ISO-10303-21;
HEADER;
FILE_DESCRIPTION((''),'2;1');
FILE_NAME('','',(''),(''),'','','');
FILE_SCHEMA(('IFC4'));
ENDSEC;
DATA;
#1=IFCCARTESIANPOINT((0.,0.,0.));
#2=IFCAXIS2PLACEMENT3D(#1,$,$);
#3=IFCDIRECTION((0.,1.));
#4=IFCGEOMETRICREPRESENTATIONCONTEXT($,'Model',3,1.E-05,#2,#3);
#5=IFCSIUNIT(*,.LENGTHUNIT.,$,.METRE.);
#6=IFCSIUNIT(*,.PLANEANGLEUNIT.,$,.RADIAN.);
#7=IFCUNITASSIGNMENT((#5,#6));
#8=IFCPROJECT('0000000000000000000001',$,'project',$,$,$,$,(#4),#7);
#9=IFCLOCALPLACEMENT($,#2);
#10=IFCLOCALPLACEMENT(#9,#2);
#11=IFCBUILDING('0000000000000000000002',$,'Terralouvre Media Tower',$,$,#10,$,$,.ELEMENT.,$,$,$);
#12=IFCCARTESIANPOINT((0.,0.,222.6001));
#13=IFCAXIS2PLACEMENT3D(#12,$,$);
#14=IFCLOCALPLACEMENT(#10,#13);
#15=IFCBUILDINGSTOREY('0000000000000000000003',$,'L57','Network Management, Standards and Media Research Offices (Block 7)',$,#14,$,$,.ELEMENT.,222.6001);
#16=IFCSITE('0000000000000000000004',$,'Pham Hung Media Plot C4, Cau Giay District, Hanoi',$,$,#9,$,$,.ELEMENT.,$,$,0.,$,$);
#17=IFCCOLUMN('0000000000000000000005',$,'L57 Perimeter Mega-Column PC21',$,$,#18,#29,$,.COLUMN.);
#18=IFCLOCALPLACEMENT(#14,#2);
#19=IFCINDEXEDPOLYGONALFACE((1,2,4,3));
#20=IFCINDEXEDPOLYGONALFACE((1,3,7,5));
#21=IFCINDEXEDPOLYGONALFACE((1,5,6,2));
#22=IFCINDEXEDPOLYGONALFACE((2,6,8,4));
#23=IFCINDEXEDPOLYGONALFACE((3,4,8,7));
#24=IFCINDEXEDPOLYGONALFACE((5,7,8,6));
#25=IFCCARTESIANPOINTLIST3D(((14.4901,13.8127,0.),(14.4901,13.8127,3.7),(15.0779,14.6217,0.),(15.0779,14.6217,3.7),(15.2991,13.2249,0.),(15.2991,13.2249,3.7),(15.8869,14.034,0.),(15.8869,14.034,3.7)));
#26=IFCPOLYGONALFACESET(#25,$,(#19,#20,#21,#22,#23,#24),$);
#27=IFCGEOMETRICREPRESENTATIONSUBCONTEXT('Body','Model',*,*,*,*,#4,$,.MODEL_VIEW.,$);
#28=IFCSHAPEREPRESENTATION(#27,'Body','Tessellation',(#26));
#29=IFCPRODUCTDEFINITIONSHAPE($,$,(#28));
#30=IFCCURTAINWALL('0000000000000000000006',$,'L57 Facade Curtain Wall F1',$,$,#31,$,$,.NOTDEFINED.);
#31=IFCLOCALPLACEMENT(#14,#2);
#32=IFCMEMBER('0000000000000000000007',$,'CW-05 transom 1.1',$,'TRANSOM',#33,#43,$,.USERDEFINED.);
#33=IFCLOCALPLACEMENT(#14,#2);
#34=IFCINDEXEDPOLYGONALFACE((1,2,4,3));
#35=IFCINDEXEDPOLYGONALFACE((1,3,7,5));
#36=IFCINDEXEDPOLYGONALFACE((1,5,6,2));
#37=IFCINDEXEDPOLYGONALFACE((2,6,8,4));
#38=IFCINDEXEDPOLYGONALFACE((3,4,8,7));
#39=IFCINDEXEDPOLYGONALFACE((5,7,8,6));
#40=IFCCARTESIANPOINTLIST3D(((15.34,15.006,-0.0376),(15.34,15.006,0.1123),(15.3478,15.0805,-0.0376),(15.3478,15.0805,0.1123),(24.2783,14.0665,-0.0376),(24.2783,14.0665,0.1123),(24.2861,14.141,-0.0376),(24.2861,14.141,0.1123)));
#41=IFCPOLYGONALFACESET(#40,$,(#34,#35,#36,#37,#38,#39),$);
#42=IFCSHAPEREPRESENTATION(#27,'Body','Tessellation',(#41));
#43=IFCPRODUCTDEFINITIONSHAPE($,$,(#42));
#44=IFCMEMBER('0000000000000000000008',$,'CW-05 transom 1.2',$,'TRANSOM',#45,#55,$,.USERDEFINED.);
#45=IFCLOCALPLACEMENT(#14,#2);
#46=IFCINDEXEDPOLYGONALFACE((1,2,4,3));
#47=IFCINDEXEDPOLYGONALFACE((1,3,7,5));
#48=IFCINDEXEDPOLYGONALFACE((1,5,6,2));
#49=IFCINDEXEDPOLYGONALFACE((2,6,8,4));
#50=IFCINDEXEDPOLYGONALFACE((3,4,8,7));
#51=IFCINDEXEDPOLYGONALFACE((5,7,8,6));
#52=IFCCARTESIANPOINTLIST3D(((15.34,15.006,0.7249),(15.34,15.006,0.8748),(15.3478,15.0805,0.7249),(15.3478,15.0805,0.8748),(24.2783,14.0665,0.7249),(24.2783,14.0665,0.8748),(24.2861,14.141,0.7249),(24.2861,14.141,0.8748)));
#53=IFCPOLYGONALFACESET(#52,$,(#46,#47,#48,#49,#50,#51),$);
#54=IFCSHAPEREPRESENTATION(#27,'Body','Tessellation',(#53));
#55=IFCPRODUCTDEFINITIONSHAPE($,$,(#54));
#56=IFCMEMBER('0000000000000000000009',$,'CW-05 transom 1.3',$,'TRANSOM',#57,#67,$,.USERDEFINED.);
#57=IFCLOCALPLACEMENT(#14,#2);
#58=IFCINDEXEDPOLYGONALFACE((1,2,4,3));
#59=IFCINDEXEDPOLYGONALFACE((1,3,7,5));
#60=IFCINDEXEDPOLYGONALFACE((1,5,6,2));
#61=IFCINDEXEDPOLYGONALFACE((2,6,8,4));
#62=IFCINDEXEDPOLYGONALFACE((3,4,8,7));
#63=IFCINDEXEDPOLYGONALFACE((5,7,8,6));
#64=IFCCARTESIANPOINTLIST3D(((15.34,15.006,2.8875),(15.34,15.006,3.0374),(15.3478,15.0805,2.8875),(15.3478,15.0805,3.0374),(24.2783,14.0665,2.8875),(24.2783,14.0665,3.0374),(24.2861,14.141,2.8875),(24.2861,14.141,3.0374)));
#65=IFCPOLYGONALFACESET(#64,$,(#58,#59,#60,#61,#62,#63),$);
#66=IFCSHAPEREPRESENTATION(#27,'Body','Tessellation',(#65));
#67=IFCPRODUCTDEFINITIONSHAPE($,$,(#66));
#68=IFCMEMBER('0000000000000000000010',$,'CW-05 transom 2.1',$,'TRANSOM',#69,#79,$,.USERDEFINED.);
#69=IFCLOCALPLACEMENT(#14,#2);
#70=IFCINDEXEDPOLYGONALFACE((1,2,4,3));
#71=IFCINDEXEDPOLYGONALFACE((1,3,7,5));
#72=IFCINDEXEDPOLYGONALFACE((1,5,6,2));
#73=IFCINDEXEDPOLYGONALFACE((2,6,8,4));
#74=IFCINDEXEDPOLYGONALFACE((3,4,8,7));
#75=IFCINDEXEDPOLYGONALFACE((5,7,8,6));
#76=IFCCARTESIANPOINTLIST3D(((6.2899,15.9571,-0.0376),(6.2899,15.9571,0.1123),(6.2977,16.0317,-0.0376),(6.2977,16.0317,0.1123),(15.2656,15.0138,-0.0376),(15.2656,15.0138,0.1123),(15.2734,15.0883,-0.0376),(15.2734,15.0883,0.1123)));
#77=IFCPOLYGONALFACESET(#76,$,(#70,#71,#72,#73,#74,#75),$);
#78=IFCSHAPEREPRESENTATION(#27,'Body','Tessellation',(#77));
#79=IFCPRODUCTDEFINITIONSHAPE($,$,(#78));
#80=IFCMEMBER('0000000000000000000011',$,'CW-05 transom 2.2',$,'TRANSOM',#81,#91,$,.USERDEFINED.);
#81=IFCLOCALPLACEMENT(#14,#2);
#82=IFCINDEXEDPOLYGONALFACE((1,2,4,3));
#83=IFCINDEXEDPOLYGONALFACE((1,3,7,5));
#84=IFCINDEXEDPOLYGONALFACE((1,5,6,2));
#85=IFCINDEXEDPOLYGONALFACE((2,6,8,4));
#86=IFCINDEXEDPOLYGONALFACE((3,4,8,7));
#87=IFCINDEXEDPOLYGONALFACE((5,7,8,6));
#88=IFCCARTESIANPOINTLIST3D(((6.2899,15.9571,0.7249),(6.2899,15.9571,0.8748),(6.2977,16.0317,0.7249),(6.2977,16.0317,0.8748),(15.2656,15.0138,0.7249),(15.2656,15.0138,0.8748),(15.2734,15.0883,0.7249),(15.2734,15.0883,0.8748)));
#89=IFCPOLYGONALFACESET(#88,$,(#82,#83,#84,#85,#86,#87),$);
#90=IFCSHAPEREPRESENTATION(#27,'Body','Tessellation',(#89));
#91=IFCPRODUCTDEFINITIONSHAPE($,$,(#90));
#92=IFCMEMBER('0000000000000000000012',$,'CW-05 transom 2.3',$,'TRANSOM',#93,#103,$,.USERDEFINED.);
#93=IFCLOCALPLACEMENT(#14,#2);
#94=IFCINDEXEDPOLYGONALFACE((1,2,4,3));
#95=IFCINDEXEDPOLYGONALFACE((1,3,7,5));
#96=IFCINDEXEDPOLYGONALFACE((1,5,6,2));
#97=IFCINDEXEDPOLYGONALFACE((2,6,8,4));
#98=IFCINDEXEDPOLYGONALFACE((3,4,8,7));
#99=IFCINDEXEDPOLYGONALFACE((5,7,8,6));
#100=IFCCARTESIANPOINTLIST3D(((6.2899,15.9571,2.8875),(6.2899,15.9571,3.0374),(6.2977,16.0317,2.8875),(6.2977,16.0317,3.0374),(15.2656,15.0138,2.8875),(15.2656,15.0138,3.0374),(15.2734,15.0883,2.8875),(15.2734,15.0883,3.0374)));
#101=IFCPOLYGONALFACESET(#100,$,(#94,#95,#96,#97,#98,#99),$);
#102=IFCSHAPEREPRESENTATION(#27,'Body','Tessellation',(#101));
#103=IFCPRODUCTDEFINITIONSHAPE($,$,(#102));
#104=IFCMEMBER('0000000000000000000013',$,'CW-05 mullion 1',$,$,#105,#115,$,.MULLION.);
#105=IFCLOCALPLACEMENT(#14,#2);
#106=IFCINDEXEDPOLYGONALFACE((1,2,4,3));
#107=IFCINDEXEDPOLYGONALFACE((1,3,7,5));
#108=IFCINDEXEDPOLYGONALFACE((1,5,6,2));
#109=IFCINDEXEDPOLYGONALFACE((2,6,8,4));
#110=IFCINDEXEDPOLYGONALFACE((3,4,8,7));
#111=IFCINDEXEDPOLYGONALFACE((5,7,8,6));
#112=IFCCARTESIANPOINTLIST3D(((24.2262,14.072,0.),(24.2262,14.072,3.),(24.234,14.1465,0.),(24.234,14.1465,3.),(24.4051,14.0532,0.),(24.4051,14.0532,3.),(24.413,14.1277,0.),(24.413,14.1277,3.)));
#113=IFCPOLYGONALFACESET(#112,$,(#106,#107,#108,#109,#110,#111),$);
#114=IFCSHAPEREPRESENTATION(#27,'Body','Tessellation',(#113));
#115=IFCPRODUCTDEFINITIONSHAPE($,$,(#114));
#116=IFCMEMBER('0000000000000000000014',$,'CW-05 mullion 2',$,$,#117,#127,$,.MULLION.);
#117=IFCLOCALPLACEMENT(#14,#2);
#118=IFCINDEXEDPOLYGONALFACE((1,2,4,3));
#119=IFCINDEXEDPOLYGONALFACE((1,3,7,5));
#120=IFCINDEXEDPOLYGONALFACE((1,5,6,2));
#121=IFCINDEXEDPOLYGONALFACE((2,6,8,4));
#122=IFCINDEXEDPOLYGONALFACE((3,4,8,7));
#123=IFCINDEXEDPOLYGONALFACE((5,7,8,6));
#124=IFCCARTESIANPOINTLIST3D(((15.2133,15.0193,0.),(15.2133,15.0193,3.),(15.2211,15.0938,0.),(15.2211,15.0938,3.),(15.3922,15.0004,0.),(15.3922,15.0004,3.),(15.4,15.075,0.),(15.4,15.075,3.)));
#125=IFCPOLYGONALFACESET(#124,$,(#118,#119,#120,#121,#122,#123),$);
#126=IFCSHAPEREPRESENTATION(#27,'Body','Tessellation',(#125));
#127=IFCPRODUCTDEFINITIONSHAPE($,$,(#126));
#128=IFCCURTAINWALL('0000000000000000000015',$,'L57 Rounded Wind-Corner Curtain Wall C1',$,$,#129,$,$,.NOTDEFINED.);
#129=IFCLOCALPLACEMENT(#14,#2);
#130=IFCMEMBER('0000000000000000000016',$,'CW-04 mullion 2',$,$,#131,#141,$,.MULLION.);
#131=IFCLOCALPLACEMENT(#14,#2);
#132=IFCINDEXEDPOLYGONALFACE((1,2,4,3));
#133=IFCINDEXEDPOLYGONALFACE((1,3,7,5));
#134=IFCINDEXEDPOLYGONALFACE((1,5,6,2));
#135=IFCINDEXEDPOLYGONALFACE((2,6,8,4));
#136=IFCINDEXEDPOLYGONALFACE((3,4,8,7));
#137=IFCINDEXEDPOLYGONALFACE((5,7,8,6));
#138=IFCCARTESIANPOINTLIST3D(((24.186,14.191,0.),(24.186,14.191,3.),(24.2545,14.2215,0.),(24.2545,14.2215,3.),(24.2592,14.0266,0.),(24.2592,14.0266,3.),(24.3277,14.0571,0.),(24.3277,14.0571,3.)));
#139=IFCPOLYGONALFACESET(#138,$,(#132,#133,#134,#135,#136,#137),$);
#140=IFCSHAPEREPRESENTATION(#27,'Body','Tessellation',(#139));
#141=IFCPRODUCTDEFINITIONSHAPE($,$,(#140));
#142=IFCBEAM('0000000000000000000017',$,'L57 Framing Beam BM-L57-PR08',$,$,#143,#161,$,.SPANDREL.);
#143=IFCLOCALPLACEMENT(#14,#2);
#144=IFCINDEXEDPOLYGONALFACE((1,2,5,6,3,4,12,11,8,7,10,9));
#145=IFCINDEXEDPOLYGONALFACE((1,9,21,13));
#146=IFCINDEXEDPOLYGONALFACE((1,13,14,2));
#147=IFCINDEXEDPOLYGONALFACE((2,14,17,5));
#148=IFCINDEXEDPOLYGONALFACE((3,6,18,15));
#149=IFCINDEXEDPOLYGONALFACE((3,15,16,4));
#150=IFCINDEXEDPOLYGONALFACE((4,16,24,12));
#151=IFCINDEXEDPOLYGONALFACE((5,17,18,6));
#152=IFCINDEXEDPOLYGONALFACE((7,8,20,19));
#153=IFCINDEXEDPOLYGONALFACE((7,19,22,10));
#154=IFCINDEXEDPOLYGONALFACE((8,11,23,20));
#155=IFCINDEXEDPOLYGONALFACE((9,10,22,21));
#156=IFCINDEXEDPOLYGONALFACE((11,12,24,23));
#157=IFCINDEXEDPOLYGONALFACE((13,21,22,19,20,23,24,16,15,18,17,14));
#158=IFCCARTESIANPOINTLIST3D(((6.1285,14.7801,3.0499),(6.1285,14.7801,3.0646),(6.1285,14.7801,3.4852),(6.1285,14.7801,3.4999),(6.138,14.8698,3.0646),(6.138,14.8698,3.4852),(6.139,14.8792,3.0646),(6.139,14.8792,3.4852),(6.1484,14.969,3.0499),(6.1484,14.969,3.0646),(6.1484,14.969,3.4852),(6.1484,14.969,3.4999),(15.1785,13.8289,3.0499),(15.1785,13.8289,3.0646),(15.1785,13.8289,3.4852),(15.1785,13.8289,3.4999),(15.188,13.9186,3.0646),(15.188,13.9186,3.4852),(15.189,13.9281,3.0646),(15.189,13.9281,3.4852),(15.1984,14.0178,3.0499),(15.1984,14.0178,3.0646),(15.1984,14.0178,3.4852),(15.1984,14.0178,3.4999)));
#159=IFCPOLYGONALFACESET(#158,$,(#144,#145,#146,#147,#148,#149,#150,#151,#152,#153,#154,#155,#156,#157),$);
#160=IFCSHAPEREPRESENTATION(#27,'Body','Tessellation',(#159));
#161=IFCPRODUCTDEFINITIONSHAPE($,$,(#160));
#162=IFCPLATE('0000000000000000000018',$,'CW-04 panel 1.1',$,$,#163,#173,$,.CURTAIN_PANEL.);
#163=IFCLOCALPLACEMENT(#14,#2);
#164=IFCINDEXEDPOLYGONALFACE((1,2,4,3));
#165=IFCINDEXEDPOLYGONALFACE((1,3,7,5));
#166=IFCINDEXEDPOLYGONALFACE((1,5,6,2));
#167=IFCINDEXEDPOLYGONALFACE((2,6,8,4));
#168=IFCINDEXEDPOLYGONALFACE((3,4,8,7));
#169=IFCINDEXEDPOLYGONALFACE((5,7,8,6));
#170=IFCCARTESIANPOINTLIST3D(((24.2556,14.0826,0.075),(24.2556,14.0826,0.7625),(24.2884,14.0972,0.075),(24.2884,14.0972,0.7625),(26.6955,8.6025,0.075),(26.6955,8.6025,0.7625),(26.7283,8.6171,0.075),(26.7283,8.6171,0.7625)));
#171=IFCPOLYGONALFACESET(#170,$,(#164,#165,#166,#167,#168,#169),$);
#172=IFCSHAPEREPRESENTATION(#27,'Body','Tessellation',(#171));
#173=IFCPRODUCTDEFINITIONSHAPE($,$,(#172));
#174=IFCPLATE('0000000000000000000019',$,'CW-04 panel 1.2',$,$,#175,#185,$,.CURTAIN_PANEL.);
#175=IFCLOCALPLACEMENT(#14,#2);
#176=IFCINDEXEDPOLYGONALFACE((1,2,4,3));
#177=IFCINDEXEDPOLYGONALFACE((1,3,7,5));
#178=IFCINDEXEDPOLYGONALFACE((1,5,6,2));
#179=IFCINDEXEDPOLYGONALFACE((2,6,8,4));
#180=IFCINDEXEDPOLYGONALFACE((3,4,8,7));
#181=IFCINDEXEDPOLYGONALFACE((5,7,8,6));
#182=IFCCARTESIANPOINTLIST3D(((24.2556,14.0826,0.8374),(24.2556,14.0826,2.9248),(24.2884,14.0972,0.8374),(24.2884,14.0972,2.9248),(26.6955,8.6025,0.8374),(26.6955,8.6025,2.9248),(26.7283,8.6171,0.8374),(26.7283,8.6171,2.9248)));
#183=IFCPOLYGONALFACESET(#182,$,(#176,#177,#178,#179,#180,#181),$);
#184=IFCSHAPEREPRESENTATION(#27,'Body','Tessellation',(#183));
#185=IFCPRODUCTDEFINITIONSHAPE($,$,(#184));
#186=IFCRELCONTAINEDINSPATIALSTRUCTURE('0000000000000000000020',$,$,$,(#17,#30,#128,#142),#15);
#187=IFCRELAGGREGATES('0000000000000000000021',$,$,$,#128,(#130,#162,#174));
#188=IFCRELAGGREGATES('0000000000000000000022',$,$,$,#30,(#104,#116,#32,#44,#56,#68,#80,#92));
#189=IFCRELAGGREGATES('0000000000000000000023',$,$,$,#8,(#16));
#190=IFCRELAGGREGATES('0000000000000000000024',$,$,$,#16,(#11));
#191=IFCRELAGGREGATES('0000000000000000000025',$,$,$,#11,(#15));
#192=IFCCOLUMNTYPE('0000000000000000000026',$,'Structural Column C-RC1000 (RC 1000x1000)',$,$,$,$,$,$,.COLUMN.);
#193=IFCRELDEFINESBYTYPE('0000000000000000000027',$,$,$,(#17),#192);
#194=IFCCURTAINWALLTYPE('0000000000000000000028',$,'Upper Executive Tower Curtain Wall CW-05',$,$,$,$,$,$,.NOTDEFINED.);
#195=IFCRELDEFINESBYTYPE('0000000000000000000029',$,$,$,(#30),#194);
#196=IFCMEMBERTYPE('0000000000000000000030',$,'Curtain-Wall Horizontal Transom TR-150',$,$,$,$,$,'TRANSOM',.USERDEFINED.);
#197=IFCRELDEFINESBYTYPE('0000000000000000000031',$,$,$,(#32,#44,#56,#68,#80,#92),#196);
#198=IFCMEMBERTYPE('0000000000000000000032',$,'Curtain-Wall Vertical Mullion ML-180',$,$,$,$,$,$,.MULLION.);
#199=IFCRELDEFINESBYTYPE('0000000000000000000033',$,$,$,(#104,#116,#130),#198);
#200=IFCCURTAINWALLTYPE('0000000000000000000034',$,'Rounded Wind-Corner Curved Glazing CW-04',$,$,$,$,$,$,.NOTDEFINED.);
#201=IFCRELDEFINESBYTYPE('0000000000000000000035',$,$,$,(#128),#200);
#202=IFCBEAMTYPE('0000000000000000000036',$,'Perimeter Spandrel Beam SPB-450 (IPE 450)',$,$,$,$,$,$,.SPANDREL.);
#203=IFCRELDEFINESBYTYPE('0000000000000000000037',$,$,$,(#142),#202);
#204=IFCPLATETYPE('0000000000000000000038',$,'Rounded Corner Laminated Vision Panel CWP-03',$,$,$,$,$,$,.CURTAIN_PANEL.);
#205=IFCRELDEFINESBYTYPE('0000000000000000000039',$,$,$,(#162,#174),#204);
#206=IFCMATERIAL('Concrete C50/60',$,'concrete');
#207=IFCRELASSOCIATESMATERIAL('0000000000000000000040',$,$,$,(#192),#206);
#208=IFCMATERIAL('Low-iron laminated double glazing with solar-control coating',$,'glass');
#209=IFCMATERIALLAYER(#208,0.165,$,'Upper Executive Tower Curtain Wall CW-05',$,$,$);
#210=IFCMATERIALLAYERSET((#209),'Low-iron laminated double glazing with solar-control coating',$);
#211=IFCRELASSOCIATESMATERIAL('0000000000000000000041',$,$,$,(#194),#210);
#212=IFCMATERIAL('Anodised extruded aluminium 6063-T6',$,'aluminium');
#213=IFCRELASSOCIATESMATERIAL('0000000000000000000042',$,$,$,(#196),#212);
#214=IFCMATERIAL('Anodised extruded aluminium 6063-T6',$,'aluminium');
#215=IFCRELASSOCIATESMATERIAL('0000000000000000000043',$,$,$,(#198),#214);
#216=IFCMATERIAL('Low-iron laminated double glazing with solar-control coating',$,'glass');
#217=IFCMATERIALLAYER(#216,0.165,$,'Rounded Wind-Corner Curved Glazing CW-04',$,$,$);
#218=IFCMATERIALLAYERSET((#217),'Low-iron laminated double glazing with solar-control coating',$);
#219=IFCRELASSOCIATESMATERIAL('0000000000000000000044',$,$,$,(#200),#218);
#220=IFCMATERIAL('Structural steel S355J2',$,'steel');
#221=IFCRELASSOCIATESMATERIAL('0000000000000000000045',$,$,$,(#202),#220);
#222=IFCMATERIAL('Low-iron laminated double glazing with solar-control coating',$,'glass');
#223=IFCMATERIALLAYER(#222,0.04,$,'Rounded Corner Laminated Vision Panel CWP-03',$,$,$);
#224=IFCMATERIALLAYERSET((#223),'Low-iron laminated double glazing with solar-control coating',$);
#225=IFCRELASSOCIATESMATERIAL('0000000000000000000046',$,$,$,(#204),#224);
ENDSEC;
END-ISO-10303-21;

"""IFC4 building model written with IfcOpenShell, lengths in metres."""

from ifc_helpers import new_model, si_unit, direction, frame, origin, origin_2d, place, context, subcontext, project, spatial, rectangle, i_section, extrude, material, layer, layer_set, material_profile, profile_set, type_object, element, aggregate, save


model = new_model("IFC4")

# Units and contexts
model_context = context("Model", 3, precision=1e-05, world=origin(), true_north=direction((0.0, 1.0)))
body_context = subcontext(model_context, "Body", "Model", "MODEL_VIEW")
ifc_project = project(units=[si_unit("LENGTHUNIT", "METRE"), si_unit("PLANEANGLEUNIT", "RADIAN")], contexts=[model_context])

# Site, building, storey
site_placement = place(None, origin())
site = spatial("IfcSite", under=ifc_project, at=site_placement, Name="Pham Hung Media Plot C4, Cau Giay District, Hanoi", CompositionType="ELEMENT", RefElevation=0.0)
building_placement = place(site_placement, origin())
building = spatial("IfcBuilding", under=site, at=building_placement, Name="Terralouvre Media Tower", CompositionType="ELEMENT")
storey_placement = place(building_placement, frame((0.0, 0.0, 222.6001)))
storey = spatial("IfcBuildingStorey", under=building, at=storey_placement, Name="L57", Description="Network Management, Standards and Media Research Offices (Block 7)", CompositionType="ELEMENT", Elevation=222.6001)

# Column
ifc_material_1 = material(Name="Concrete C50/60", Category="concrete")
ifc_material_profile_1 = material_profile(ifc_material_1, rectangle(XDim=1.0, YDim=1.0, at=origin_2d()), Name="RC 1000x1000")
ifc_profile_set_1 = profile_set([ifc_material_profile_1], Name="Concrete C50/60")
column_type = type_object("IfcColumnType", Name="Structural Column C-RC1000 (RC 1000x1000)", PredefinedType="COLUMN", material=ifc_profile_set_1)
column_placement = place(storey_placement, frame((15.1885, 13.9233, 0.0), z_axis=(0.0, 0.0, 1.0), x_axis=(0.587785, 0.809017, 0.0)))
element("IfcColumn", 1, at=column_placement, inside=storey, type_object=column_type, Name="L57 Perimeter Mega-Column PC21", PredefinedType="COLUMN", context=body_context, shape_type="SweptSolid", body=[
    extrude(rectangle(XDim=1.0, YDim=1.0, at=origin_2d()), origin(), (0.0, 0.0, 1.0), 3.7),
])

# Curtain wall, members
ifc_material_2 = material(Name="Low-iron laminated double glazing with solar-control coating", Category="glass")
ifc_layer_1 = layer(ifc_material_2, 0.165, Name="Upper Executive Tower Curtain Wall CW-05")
ifc_layer_set_1 = layer_set([ifc_layer_1], Name="Low-iron laminated double glazing with solar-control coating")
curtain_wall_type_1 = type_object("IfcCurtainWallType", Name="Upper Executive Tower Curtain Wall CW-05", PredefinedType="NOTDEFINED", material=ifc_layer_set_1)
curtain_wall_1_placement = place(storey_placement, origin())
curtain_wall_1 = element("IfcCurtainWall", 2, at=curtain_wall_1_placement, inside=storey, type_object=curtain_wall_type_1, Name="L57 Facade Curtain Wall F1", PredefinedType="NOTDEFINED")
ifc_material_3 = material(Name="Anodised extruded aluminium 6063-T6", Category="aluminium")
ifc_material_profile_2 = material_profile(ifc_material_3, rectangle(XDim=0.075, YDim=0.1499, at=origin_2d()), Name="ALU 75x150")
ifc_profile_set_2 = profile_set([ifc_material_profile_2], Name="Anodised extruded aluminium 6063-T6")
member_type_1 = type_object("IfcMemberType", Name="Curtain-Wall Horizontal Transom TR-150", ElementType="TRANSOM", PredefinedType="USERDEFINED", material=ifc_profile_set_2)
member_1_placement = place(storey_placement, frame((24.2822, 14.1038, 0.0374), z_axis=(-0.994522, 0.104529, 0.0), x_axis=(-0.104529, -0.994522, 0.0)))
member_1 = element("IfcMember", 3, at=member_1_placement, type_object=member_type_1, Name="CW-05 transom 1.1", ObjectType="TRANSOM", PredefinedType="USERDEFINED", context=body_context, shape_type="SweptSolid", body=[
    extrude(rectangle(XDim=0.075, YDim=0.1499, at=origin_2d()), origin(), (0.0, 0.0, 1.0), 8.9875),
])
member_2_placement = place(storey_placement, frame((24.2822, 14.1038, 0.7998), z_axis=(-0.994522, 0.104529, 0.0), x_axis=(-0.104529, -0.994522, 0.0)))
member_2 = element("IfcMember", 4, at=member_2_placement, type_object=member_type_1, Name="CW-05 transom 1.2", ObjectType="TRANSOM", PredefinedType="USERDEFINED", context=body_context, shape_type="SweptSolid", body=[
    extrude(rectangle(XDim=0.075, YDim=0.1499, at=origin_2d()), origin(), (0.0, 0.0, 1.0), 8.9875),
])
member_3_placement = place(storey_placement, frame((24.2822, 14.1038, 2.9624), z_axis=(-0.994522, 0.104529, 0.0), x_axis=(-0.104529, -0.994522, 0.0)))
member_3 = element("IfcMember", 5, at=member_3_placement, type_object=member_type_1, Name="CW-05 transom 1.3", ObjectType="TRANSOM", PredefinedType="USERDEFINED", context=body_context, shape_type="SweptSolid", body=[
    extrude(rectangle(XDim=0.075, YDim=0.1499, at=origin_2d()), origin(), (0.0, 0.0, 1.0), 8.9875),
])
member_4_placement = place(storey_placement, frame((15.2695, 15.051, 0.0374), z_axis=(-0.994522, 0.104527, 0.0), x_axis=(-0.104527, -0.994522, 0.0)))
member_4 = element("IfcMember", 6, at=member_4_placement, type_object=member_type_1, Name="CW-05 transom 2.1", ObjectType="TRANSOM", PredefinedType="USERDEFINED", context=body_context, shape_type="SweptSolid", body=[
    extrude(rectangle(XDim=0.075, YDim=0.1499, at=origin_2d()), origin(), (0.0, 0.0, 1.0), 9.0251),
])
member_5_placement = place(storey_placement, frame((15.2695, 15.051, 0.7998), z_axis=(-0.994522, 0.104527, 0.0), x_axis=(-0.104527, -0.994522, 0.0)))
member_5 = element("IfcMember", 7, at=member_5_placement, type_object=member_type_1, Name="CW-05 transom 2.2", ObjectType="TRANSOM", PredefinedType="USERDEFINED", context=body_context, shape_type="SweptSolid", body=[
    extrude(rectangle(XDim=0.075, YDim=0.1499, at=origin_2d()), origin(), (0.0, 0.0, 1.0), 9.0251),
])
member_6_placement = place(storey_placement, frame((15.2695, 15.051, 2.9624), z_axis=(-0.994522, 0.104527, 0.0), x_axis=(-0.104527, -0.994522, 0.0)))
member_6 = element("IfcMember", 8, at=member_6_placement, type_object=member_type_1, Name="CW-05 transom 2.3", ObjectType="TRANSOM", PredefinedType="USERDEFINED", context=body_context, shape_type="SweptSolid", body=[
    extrude(rectangle(XDim=0.075, YDim=0.1499, at=origin_2d()), origin(), (0.0, 0.0, 1.0), 9.0251),
])
ifc_material_4 = material(Name="Anodised extruded aluminium 6063-T6", Category="aluminium")
ifc_material_profile_3 = material_profile(ifc_material_4, rectangle(XDim=0.075, YDim=0.1799, at=origin_2d()), Name="ALU 75x180")
ifc_profile_set_3 = profile_set([ifc_material_profile_3], Name="Anodised extruded aluminium 6063-T6")
member_type_2 = type_object("IfcMemberType", Name="Curtain-Wall Vertical Mullion ML-180", PredefinedType="MULLION", material=ifc_profile_set_3)
member_7_placement = place(storey_placement, frame((24.3196, 14.0999, 0.0), z_axis=(0.0, 0.0, 1.0), x_axis=(-0.104529, -0.994522, 0.0)))
member_7 = element("IfcMember", 9, at=member_7_placement, type_object=member_type_2, Name="CW-05 mullion 1", PredefinedType="MULLION", context=body_context, shape_type="SweptSolid", body=[
    extrude(rectangle(XDim=0.075, YDim=0.1799, at=origin_2d()), origin(), (0.0, 0.0, 1.0), 3.0),
])
member_8_placement = place(storey_placement, frame((15.3066, 15.0471, 0.0), z_axis=(0.0, 0.0, 1.0), x_axis=(-0.104529, -0.994522, 0.0)))
member_8 = element("IfcMember", 10, at=member_8_placement, type_object=member_type_2, Name="CW-05 mullion 2", PredefinedType="MULLION", context=body_context, shape_type="SweptSolid", body=[
    extrude(rectangle(XDim=0.075, YDim=0.1799, at=origin_2d()), origin(), (0.0, 0.0, 1.0), 3.0),
])

# Curtain wall, member
ifc_material_5 = material(Name="Low-iron laminated double glazing with solar-control coating", Category="glass")
ifc_layer_2 = layer(ifc_material_5, 0.165, Name="Rounded Wind-Corner Curved Glazing CW-04")
ifc_layer_set_2 = layer_set([ifc_layer_2], Name="Low-iron laminated double glazing with solar-control coating")
curtain_wall_type_2 = type_object("IfcCurtainWallType", Name="Rounded Wind-Corner Curved Glazing CW-04", PredefinedType="NOTDEFINED", material=ifc_layer_set_2)
curtain_wall_2_placement = place(storey_placement, origin())
curtain_wall_2 = element("IfcCurtainWall", 11, at=curtain_wall_2_placement, inside=storey, type_object=curtain_wall_type_2, Name="L57 Rounded Wind-Corner Curtain Wall C1", PredefinedType="NOTDEFINED")
member_9_placement = place(storey_placement, frame((24.2568, 14.124, 0.0), z_axis=(0.0, 0.0, 1.0), x_axis=(-0.913545, -0.406737, 0.0)))
member_9 = element("IfcMember", 12, at=member_9_placement, type_object=member_type_2, Name="CW-04 mullion 2", PredefinedType="MULLION", context=body_context, shape_type="SweptSolid", body=[
    extrude(rectangle(XDim=0.075, YDim=0.1799, at=origin_2d()), origin(), (0.0, 0.0, 1.0), 3.0),
])

# Beam
ifc_material_6 = material(Name="Structural steel S355J2", Category="steel")
ifc_material_profile_4 = material_profile(ifc_material_6, i_section(OverallWidth=0.1899, OverallDepth=0.45, WebThickness=0.0095, FlangeThickness=0.0146, at=origin_2d()), Name="IPE 450")
ifc_profile_set_4 = profile_set([ifc_material_profile_4], Name="Structural steel S355J2")
beam_type = type_object("IfcBeamType", Name="Perimeter Spandrel Beam SPB-450 (IPE 450)", PredefinedType="SPANDREL", material=ifc_profile_set_4)
beam_placement = place(storey_placement, frame((15.1885, 13.9233, 3.2749), z_axis=(-0.994522, 0.104526, 0.0), x_axis=(-0.104526, -0.994522, 0.0)))
element("IfcBeam", 13, at=beam_placement, inside=storey, type_object=beam_type, Name="L57 Framing Beam BM-L57-PR08", PredefinedType="SPANDREL", context=body_context, shape_type="SweptSolid", body=[
    extrude(i_section(OverallWidth=0.1899, OverallDepth=0.45, WebThickness=0.0095, FlangeThickness=0.0146, at=origin_2d()), origin(), (0.0, 0.0, 1.0), 9.0999),
])

# Plates
ifc_material_7 = material(Name="Low-iron laminated double glazing with solar-control coating", Category="glass")
ifc_layer_3 = layer(ifc_material_7, 0.04, Name="Rounded Corner Laminated Vision Panel CWP-03")
ifc_layer_set_3 = layer_set([ifc_layer_3], Name="Low-iron laminated double glazing with solar-control coating")
plate_type_1 = type_object("IfcPlateType", Name="Rounded Corner Laminated Vision Panel CWP-03", PredefinedType="CURTAIN_PANEL", material=ifc_layer_set_3)
plate_1_placement = place(storey_placement, frame((25.4919, 11.3499, 0.075), z_axis=(0.0, 0.0, 1.0), x_axis=(-0.406737, 0.913545, 0.0)))
plate_1 = element("IfcPlate", 14, at=plate_1_placement, type_object=plate_type_1, Name="CW-04 panel 1.1", PredefinedType="CURTAIN_PANEL", context=body_context, shape_type="SweptSolid", body=[
    extrude(rectangle(XDim=5.9988, YDim=0.0359, at=origin_2d()), origin(), (0.0, 0.0, 1.0), 0.6875),
])
plate_2_placement = place(storey_placement, frame((25.4919, 11.3499, 0.8374), z_axis=(0.0, 0.0, 1.0), x_axis=(-0.406737, 0.913545, 0.0)))
plate_2 = element("IfcPlate", 15, at=plate_2_placement, type_object=plate_type_1, Name="CW-04 panel 1.2", PredefinedType="CURTAIN_PANEL", context=body_context, shape_type="SweptSolid", body=[
    extrude(rectangle(XDim=5.9988, YDim=0.0359, at=origin_2d()), origin(), (0.0, 0.0, 1.0), 2.0874),
])
aggregate(curtain_wall_2, [member_9, plate_1, plate_2])
aggregate(curtain_wall_1, [member_7, member_8, member_1, member_2, member_3, member_4, member_5, member_6])

save(model, "model.ifc")
